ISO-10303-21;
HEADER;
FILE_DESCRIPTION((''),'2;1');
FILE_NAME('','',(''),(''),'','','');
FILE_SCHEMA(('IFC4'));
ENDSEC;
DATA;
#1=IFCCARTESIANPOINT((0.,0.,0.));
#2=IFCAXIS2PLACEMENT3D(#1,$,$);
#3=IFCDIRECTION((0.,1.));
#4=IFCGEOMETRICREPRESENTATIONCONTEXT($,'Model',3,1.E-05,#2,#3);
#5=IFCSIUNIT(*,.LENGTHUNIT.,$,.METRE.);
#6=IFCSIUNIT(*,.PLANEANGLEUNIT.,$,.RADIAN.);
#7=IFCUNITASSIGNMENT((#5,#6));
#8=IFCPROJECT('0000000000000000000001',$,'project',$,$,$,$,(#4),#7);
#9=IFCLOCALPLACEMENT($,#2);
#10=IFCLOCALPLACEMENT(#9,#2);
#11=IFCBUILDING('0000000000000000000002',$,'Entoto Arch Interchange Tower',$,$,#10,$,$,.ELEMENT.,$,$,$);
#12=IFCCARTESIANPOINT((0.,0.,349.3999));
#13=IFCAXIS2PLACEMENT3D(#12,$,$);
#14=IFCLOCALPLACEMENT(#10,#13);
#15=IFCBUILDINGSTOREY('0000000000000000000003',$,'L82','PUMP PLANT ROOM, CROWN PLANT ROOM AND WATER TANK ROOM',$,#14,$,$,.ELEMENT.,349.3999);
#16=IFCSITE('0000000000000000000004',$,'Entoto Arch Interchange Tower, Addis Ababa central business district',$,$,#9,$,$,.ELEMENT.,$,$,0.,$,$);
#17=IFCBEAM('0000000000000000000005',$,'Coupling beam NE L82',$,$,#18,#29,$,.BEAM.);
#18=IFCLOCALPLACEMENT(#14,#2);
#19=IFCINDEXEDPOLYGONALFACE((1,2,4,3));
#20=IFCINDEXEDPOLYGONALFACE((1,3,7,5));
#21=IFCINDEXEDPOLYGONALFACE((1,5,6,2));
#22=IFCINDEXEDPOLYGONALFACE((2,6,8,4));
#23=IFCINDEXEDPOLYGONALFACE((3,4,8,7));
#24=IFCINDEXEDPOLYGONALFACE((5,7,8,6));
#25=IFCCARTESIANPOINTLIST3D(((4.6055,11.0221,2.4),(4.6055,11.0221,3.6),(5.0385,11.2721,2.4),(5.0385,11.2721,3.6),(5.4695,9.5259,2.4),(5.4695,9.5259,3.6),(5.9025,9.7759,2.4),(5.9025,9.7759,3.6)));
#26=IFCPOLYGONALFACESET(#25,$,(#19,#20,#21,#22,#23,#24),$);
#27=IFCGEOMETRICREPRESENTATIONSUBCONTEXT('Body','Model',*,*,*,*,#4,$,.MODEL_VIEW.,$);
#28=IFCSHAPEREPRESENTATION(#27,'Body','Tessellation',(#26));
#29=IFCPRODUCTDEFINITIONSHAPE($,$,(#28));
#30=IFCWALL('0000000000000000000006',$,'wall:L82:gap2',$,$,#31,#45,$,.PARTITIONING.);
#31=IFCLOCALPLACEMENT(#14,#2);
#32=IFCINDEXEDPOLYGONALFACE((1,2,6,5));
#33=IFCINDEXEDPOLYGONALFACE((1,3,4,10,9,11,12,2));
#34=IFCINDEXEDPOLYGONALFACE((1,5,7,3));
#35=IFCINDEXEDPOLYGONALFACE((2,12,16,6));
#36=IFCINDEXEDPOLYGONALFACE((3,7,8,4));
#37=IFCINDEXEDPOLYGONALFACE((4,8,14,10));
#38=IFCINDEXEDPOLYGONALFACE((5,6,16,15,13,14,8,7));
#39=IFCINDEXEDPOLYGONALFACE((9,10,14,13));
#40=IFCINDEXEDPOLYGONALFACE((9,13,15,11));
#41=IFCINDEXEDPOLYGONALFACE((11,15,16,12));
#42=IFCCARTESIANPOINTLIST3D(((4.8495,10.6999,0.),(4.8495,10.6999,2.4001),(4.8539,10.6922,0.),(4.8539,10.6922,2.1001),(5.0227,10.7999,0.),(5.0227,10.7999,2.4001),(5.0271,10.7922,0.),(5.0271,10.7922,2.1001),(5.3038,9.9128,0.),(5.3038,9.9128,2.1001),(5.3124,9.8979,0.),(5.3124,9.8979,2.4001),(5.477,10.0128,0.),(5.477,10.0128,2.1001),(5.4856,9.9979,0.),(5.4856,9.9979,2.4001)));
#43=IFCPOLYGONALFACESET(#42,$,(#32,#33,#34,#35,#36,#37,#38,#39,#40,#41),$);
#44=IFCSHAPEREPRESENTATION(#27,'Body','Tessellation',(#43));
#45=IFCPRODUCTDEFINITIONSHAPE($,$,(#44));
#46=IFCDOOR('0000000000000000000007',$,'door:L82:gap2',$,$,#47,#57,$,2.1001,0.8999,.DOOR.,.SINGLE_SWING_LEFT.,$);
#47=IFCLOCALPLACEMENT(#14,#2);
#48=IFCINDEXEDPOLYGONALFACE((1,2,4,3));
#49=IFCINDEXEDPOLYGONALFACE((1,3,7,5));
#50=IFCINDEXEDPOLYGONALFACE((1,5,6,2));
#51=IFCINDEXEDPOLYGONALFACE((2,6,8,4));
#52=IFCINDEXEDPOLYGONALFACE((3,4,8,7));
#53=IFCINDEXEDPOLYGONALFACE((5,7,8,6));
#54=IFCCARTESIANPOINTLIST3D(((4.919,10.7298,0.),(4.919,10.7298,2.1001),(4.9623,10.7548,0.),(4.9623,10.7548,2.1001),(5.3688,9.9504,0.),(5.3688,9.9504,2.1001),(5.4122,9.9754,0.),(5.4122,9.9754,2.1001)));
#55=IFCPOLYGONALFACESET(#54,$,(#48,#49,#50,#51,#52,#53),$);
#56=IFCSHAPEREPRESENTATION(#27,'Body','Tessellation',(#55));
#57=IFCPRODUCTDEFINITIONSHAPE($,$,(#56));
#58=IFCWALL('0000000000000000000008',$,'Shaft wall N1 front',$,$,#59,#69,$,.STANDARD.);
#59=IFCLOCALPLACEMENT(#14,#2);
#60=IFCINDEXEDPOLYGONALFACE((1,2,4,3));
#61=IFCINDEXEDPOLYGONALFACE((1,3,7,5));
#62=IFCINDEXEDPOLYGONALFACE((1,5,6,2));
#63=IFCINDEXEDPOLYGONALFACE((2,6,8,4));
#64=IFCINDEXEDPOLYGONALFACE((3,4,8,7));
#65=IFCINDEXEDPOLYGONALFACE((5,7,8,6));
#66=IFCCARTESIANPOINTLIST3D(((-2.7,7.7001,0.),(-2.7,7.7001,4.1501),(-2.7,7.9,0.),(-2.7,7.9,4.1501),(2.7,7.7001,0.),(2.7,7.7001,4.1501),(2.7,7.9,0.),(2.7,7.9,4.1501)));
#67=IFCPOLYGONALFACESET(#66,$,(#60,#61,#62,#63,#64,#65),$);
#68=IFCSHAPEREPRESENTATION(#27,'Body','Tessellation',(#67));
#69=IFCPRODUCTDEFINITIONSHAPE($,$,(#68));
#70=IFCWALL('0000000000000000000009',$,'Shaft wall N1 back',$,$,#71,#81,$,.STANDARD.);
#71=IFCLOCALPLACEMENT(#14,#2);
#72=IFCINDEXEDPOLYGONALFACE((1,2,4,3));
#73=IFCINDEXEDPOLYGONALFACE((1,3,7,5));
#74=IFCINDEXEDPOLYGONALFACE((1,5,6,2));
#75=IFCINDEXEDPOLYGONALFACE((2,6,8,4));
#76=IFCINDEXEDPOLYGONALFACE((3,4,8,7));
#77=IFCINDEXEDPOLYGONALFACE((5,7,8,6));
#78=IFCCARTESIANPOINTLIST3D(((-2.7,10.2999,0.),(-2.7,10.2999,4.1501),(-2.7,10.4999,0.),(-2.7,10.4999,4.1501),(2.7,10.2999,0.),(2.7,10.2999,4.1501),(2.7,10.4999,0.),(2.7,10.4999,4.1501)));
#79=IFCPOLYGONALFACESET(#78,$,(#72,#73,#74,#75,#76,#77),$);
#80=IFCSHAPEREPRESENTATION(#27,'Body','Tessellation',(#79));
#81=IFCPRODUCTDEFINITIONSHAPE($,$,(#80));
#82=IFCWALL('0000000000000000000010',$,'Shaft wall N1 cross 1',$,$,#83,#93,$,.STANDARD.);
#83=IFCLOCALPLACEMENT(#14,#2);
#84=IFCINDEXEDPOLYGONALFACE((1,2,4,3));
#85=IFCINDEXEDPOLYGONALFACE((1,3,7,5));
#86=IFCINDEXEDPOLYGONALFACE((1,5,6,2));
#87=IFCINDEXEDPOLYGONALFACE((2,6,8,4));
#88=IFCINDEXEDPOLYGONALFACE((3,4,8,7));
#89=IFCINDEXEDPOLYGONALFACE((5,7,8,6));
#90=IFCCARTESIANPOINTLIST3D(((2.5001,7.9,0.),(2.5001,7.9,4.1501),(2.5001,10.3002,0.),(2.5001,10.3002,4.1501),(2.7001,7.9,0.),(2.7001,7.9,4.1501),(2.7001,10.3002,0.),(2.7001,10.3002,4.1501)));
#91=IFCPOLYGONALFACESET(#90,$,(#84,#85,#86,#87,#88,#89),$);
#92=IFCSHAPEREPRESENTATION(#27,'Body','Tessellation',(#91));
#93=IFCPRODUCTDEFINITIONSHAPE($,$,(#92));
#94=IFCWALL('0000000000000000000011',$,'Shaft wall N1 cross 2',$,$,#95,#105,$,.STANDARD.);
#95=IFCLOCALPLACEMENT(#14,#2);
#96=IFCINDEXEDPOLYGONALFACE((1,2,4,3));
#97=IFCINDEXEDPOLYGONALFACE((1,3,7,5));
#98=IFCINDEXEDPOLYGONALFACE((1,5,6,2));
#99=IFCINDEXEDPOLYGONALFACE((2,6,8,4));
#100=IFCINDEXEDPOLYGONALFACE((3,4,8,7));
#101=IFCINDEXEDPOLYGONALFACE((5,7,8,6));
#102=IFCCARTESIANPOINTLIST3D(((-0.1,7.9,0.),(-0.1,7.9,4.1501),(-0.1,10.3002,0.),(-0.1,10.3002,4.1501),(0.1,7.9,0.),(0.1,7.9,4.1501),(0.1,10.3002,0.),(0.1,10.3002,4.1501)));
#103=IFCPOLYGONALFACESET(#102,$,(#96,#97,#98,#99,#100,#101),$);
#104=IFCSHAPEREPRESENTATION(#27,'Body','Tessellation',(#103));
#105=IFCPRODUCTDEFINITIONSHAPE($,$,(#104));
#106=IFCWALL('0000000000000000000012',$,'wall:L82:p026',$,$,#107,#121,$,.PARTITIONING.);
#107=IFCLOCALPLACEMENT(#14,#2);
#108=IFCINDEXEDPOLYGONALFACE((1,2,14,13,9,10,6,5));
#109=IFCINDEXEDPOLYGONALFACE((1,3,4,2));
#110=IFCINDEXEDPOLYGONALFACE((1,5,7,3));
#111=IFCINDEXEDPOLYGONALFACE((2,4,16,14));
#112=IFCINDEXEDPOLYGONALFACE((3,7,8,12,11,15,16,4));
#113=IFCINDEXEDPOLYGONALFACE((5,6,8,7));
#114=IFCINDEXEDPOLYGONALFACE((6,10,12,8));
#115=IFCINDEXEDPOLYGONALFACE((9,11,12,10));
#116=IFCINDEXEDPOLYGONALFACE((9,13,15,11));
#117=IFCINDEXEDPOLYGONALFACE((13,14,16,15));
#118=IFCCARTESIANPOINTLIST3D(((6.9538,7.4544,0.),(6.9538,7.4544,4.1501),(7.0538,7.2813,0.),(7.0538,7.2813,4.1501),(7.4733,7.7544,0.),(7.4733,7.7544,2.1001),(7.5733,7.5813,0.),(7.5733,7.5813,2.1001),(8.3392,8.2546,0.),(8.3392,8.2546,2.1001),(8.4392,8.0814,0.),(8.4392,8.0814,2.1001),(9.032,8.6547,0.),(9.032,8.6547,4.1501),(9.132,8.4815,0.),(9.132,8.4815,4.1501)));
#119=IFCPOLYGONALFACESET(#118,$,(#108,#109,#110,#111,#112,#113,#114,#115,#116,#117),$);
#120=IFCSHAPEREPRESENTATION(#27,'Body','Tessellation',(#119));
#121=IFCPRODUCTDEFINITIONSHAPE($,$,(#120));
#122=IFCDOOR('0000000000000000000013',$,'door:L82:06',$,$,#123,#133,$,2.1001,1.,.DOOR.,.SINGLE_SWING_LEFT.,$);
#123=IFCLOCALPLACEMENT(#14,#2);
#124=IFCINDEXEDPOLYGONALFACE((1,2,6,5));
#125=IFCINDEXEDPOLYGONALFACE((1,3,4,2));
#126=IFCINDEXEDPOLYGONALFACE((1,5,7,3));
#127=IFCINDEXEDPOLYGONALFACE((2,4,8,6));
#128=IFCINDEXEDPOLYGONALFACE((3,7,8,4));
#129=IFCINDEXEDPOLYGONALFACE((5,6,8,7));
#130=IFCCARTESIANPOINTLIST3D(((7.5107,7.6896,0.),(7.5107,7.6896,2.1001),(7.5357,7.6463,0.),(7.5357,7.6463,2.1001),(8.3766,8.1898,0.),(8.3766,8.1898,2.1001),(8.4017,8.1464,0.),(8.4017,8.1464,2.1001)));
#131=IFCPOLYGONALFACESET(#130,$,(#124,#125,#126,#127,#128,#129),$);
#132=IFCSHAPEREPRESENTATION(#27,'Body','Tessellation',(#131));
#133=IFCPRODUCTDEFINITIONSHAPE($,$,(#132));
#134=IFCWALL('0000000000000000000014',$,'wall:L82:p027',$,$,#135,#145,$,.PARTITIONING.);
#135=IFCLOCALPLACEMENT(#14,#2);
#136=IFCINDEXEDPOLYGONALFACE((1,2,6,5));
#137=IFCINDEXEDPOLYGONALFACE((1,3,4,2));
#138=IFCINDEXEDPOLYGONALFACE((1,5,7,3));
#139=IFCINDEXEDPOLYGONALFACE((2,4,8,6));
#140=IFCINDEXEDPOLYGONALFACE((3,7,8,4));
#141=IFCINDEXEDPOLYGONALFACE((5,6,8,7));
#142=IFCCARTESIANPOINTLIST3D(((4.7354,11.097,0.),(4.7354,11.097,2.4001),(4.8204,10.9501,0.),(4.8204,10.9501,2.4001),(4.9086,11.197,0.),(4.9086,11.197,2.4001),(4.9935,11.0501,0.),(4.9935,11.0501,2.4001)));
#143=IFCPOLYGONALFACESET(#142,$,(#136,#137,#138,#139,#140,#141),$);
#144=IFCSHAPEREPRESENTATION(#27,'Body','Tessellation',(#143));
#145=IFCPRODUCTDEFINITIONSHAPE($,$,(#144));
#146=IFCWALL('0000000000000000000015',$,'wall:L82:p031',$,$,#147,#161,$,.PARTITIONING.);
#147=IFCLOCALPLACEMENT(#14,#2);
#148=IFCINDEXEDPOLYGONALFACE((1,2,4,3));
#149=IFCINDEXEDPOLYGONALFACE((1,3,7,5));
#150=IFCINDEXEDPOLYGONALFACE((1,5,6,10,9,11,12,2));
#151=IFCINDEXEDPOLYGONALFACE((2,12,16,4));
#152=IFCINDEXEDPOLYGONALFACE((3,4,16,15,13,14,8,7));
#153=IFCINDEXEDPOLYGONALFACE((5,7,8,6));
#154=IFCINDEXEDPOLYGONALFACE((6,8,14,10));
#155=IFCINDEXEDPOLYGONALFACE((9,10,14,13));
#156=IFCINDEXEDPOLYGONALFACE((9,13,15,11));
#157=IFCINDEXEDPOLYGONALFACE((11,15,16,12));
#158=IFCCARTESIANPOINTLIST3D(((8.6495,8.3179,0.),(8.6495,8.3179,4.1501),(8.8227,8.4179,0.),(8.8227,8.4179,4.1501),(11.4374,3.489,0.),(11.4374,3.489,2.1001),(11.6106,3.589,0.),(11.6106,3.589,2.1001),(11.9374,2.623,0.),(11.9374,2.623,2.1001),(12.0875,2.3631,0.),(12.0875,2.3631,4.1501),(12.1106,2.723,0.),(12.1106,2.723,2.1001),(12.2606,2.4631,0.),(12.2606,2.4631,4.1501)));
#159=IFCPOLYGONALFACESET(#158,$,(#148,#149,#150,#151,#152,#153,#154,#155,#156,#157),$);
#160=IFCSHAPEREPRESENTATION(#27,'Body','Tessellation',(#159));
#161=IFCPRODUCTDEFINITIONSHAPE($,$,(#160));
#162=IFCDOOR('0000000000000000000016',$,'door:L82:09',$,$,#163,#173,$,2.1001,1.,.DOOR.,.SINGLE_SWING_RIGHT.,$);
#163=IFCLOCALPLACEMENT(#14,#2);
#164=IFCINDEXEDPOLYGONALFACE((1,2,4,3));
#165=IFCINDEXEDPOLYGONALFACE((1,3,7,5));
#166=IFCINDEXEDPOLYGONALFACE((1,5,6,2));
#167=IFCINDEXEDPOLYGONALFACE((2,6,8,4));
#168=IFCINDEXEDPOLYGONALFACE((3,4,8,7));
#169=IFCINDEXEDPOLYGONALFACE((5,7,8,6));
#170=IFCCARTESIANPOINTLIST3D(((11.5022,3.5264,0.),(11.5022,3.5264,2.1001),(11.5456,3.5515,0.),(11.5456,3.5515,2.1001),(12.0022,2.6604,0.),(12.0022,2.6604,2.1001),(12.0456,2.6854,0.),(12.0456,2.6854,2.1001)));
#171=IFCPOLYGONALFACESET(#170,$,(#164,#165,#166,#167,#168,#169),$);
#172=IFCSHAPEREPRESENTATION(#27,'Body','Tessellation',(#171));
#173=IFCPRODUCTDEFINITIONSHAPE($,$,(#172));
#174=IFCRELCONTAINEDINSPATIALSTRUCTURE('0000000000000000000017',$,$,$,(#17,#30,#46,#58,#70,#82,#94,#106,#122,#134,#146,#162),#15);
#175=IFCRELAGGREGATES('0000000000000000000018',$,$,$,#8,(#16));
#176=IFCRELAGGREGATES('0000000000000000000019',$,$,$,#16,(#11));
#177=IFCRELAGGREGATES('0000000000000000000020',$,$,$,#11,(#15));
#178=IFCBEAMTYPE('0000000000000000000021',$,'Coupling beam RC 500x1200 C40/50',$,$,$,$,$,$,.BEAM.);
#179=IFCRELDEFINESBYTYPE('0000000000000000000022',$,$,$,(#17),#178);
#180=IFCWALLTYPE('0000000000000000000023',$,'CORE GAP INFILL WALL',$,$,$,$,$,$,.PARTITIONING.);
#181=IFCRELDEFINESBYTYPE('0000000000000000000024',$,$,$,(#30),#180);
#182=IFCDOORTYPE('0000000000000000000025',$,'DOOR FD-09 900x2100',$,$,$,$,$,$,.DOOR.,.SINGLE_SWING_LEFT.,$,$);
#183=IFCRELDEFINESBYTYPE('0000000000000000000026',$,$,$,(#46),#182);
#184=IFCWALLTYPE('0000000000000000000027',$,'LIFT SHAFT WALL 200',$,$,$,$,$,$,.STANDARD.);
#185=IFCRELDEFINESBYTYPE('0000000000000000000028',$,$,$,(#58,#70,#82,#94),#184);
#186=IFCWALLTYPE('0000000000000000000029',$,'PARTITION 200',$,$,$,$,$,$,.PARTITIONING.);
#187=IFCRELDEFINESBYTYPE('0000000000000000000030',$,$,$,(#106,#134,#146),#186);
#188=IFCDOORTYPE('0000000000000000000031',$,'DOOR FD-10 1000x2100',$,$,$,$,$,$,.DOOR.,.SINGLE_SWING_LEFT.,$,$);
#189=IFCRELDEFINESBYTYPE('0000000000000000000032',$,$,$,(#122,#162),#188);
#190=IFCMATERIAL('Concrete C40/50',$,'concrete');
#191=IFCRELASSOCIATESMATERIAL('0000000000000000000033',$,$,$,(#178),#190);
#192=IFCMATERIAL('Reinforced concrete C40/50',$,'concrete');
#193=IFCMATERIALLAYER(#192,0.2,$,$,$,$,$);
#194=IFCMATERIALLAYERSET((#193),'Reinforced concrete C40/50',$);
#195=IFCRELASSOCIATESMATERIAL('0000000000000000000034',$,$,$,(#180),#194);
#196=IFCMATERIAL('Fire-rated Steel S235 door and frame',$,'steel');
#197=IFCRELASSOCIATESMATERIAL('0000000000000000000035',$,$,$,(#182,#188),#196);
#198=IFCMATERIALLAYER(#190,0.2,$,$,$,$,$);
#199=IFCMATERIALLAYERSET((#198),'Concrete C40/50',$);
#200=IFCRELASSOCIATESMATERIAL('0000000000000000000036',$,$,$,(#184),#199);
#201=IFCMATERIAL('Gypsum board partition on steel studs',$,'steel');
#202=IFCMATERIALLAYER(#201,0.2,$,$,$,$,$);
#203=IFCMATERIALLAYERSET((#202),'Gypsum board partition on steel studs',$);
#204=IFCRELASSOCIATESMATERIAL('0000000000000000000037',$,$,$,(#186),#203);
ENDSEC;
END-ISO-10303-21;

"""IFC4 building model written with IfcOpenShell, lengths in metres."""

from ifc_helpers import new_model, si_unit, direction, frame, frame_2d, origin, origin_2d, place, context, subcontext, project, spatial, rectangle, extrude, material, layer, layer_set, material_profile, profile_set, type_object, element, fill, save


model = new_model("IFC4")

# Units and contexts
model_context = context("Model", 3, precision=1e-05, world=origin(), true_north=direction((0.0, 1.0)))
body_context = subcontext(model_context, "Body", "Model", "MODEL_VIEW")
ifc_project = project(units=[si_unit("LENGTHUNIT", "METRE"), si_unit("PLANEANGLEUNIT", "RADIAN")], contexts=[model_context])

# Site, building, storey
site_placement = place(None, origin())
site = spatial("IfcSite", under=ifc_project, at=site_placement, Name="Entoto Arch Interchange Tower, Addis Ababa central business district", CompositionType="ELEMENT", RefElevation=0.0)
building_placement = place(site_placement, origin())
building = spatial("IfcBuilding", under=site, at=building_placement, Name="Entoto Arch Interchange Tower", CompositionType="ELEMENT")
storey_placement = place(building_placement, frame((0.0, 0.0, 349.3999)))
storey = spatial("IfcBuildingStorey", under=building, at=storey_placement, Name="L82", Description="PUMP PLANT ROOM, CROWN PLANT ROOM AND WATER TANK ROOM", CompositionType="ELEMENT", Elevation=349.3999)

# Beam
ifc_material_1 = material(Name="Concrete C40/50", Category="concrete")
ifc_material_profile = material_profile(ifc_material_1, rectangle(XDim=0.5, YDim=1.2, at=origin_2d()))
ifc_profile_set = profile_set([ifc_material_profile], Name="Concrete C40/50")
beam_type = type_object("IfcBeamType", Name="Coupling beam RC 500x1200 C40/50", PredefinedType="BEAM", material=ifc_profile_set)
beam_placement = place(storey_placement, frame((5.686, 9.6509, 3.0), z_axis=(-0.500106, 0.865964, 0.0), x_axis=(-0.865964, -0.500106, 0.0)))
element("IfcBeam", 1, at=beam_placement, inside=storey, type_object=beam_type, Name="Coupling beam NE L82", PredefinedType="BEAM", context=body_context, shape_type="SweptSolid", body=[
    extrude(rectangle(XDim=0.5, YDim=1.2, at=origin_2d()), origin(), (0.0, 0.0, 1.0), 1.7278),
])

# Wall, opening, door
ifc_material_2 = material(Name="Reinforced concrete C40/50", Category="concrete")
ifc_layer_1 = layer(ifc_material_2, 0.2)
ifc_layer_set_1 = layer_set([ifc_layer_1], Name="Reinforced concrete C40/50")
wall_type_1 = type_object("IfcWallType", Name="CORE GAP INFILL WALL", PredefinedType="PARTITIONING", material=ifc_layer_set_1)
wall_1_placement = place(storey_placement, frame((5.3989, 9.948, 0.0), z_axis=(0.0, 0.0, 1.0), x_axis=(-0.499882, 0.866093, 0.0)))
wall_1 = element("IfcWall", 2, at=wall_1_placement, inside=storey, type_object=wall_type_1, Name="wall:L82:gap2", PredefinedType="PARTITIONING", context=body_context, shape_type="SweptSolid", body=[
    extrude(rectangle(XDim=0.926, YDim=0.2, at=frame_2d((0.4629, 0.0))), origin(), (0.0, 0.0, 1.0), 2.4001),
])
opening_1_placement = place(wall_1_placement, frame((0.0171, 0.0, 0.0)))
opening_1 = element("IfcOpeningElement", 3, at=opening_1_placement, cuts=wall_1, PredefinedType="OPENING", context=body_context, shape_type="SweptSolid", body=[
    extrude(rectangle(XDim=0.8999, YDim=2.1001, at=frame_2d((0.45, 1.05))), frame((0.0, 0.1099, 0.0), z_axis=(0.0, -1.0, 0.0), x_axis=(1.0, 0.0, 0.0)), (0.0, 0.0, 1.0), 0.22),
])
ifc_material_3 = material(Name="Fire-rated Steel S235 door and frame", Category="steel")
door_type_1 = type_object("IfcDoorType", Name="DOOR FD-09 900x2100", OperationType="SINGLE_SWING_LEFT", PredefinedType="DOOR", material=ifc_material_3)
door_1_placement = place(opening_1_placement, origin())
door_1 = element("IfcDoor", 4, at=door_1_placement, inside=storey, type_object=door_type_1, Name="door:L82:gap2", OperationType="SINGLE_SWING_LEFT", OverallHeight=2.1001, OverallWidth=0.8999, PredefinedType="DOOR", context=body_context, shape_type="SweptSolid", body=[
    extrude(rectangle(XDim=0.8999, YDim=2.1001, at=frame_2d((0.45, 1.05))), frame((0.0, 0.0249, 0.0), z_axis=(0.0, -1.0, 0.0), x_axis=(1.0, 0.0, 0.0)), (0.0, 0.0, 1.0), 0.05),
])
fill(opening_1, door_1)

# Walls
ifc_layer_2 = layer(ifc_material_1, 0.2)
ifc_layer_set_2 = layer_set([ifc_layer_2], Name="Concrete C40/50")
wall_type_2 = type_object("IfcWallType", Name="LIFT SHAFT WALL 200", PredefinedType="STANDARD", material=ifc_layer_set_2)
for number, where, z_axis, x_axis, name in (
    (5, (2.7, 7.8, 0.0), (0.0, 0.0, 1.0), (-1.0, 0.0, 0.0), "Shaft wall N1 front"),
    (6, (2.7, 10.3999, 0.0), (0.0, 0.0, 1.0), (-1.0, 0.0, 0.0), "Shaft wall N1 back"),
):
    element("IfcWall", number, at=place(storey_placement, frame(where, z_axis=z_axis, x_axis=x_axis)), inside=storey, type_object=wall_type_2, Name=name, PredefinedType="STANDARD", context=body_context, shape_type="SweptSolid", body=[
        extrude(rectangle(XDim=5.3999, YDim=0.2, at=frame_2d((2.7, 0.0))), origin(), (0.0, 0.0, 1.0), 4.1501),
    ])
for number, where, z_axis, x_axis, name in (
    (7, (2.6001, 7.8999, 0.0), (0.0, 0.0, 1.0), (0.0, 1.0, 0.0), "Shaft wall N1 cross 1"),
    (8, (0.0, 7.8999, 0.0), (0.0, 0.0, 1.0), (0.0, 1.0, 0.0), "Shaft wall N1 cross 2"),
):
    element("IfcWall", number, at=place(storey_placement, frame(where, z_axis=z_axis, x_axis=x_axis)), inside=storey, type_object=wall_type_2, Name=name, PredefinedType="STANDARD", context=body_context, shape_type="SweptSolid", body=[
        extrude(rectangle(XDim=2.4001, YDim=0.2, at=frame_2d((1.2002, 0.0))), origin(), (0.0, 0.0, 1.0), 4.1501),
    ])

# Wall, opening, door
ifc_material_4 = material(Name="Gypsum board partition on steel studs", Category="steel")
ifc_layer_3 = layer(ifc_material_4, 0.2)
ifc_layer_set_3 = layer_set([ifc_layer_3], Name="Gypsum board partition on steel studs")
wall_type_3 = type_object("IfcWallType", Name="PARTITION 200", PredefinedType="PARTITIONING", material=ifc_layer_set_3)
wall_2_placement = place(storey_placement, frame((9.082, 8.5681, 0.0), z_axis=(0.0, 0.0, 1.0), x_axis=(-0.865955, -0.500122, 0.0)))
wall_2 = element("IfcWall", 9, at=wall_2_placement, inside=storey, type_object=wall_type_3, Name="wall:L82:p026", PredefinedType="PARTITIONING", context=body_context, shape_type="SweptSolid", body=[
    extrude(rectangle(XDim=2.3999, YDim=0.2, at=frame_2d((1.2, 0.0))), origin(), (0.0, 0.0, 1.0), 4.1501),
])
opening_2_placement = place(wall_2_placement, frame((0.8, 0.0, 0.0)))
opening_2 = element("IfcOpeningElement", 10, at=opening_2_placement, cuts=wall_2, PredefinedType="OPENING", context=body_context, shape_type="SweptSolid", body=[
    extrude(rectangle(XDim=1.0, YDim=2.1001, at=frame_2d((0.5, 1.05))), frame((0.0, 0.1099, 0.0), z_axis=(0.0, -1.0, 0.0), x_axis=(1.0, 0.0, 0.0)), (0.0, 0.0, 1.0), 0.22),
])
door_type_2 = type_object("IfcDoorType", Name="DOOR FD-10 1000x2100", OperationType="SINGLE_SWING_LEFT", PredefinedType="DOOR", material=ifc_material_3)
door_2_placement = place(opening_2_placement, origin())
door_2 = element("IfcDoor", 11, at=door_2_placement, inside=storey, type_object=door_type_2, Name="door:L82:06", OperationType="SINGLE_SWING_LEFT", OverallHeight=2.1001, OverallWidth=1.0, PredefinedType="DOOR", context=body_context, shape_type="SweptSolid", body=[
    extrude(rectangle(XDim=1.0, YDim=2.1001, at=frame_2d((0.5, 1.05))), frame((0.0, 0.0249, 0.0), z_axis=(0.0, -1.0, 0.0), x_axis=(1.0, 0.0, 0.0)), (0.0, 0.0, 1.0), 0.05),
])
fill(opening_2, door_2)

# Wall
wall_3_placement = place(storey_placement, frame((4.907, 11.0, 0.0), z_axis=(0.0, 0.0, 1.0), x_axis=(-0.500469, 0.865754, 0.0)))
element("IfcWall", 12, at=wall_3_placement, inside=storey, type_object=wall_type_3, Name="wall:L82:p027", PredefinedType="PARTITIONING", context=body_context, shape_type="SweptSolid", body=[
    extrude(rectangle(XDim=0.1697, YDim=0.2, at=frame_2d((0.085, 0.0))), origin(), (0.0, 0.0, 1.0), 2.4001),
])

# Wall, opening, door
wall_4_placement = place(storey_placement, frame((8.7361, 8.3679, 0.0), z_axis=(0.0, 0.0, 1.0), x_axis=(0.499996, -0.866028, 0.0)))
wall_4 = element("IfcWall", 13, at=wall_4_placement, inside=storey, type_object=wall_type_3, Name="wall:L82:p031", PredefinedType="PARTITIONING", context=body_context, shape_type="SweptSolid", body=[
    extrude(rectangle(XDim=6.876, YDim=0.2, at=frame_2d((3.438, 0.0))), origin(), (0.0, 0.0, 1.0), 4.1501),
])
opening_3_placement = place(wall_4_placement, frame((5.5759, 0.0, 0.0)))
opening_3 = element("IfcOpeningElement", 14, at=opening_3_placement, cuts=wall_4, PredefinedType="OPENING", context=body_context, shape_type="SweptSolid", body=[
    extrude(rectangle(XDim=1.0, YDim=2.1001, at=frame_2d((0.5, 1.05))), frame((0.0, 0.1099, 0.0), z_axis=(0.0, -1.0, 0.0), x_axis=(1.0, 0.0, 0.0)), (0.0, 0.0, 1.0), 0.22),
])
door_3_placement = place(opening_3_placement, origin())
door_3 = element("IfcDoor", 15, at=door_3_placement, inside=storey, type_object=door_type_2, Name="door:L82:09", OperationType="SINGLE_SWING_RIGHT", OverallHeight=2.1001, OverallWidth=1.0, PredefinedType="DOOR", context=body_context, shape_type="SweptSolid", body=[
    extrude(rectangle(XDim=1.0, YDim=2.1001, at=frame_2d((0.5, 1.05))), frame((0.0, 0.0249, 0.0), z_axis=(0.0, -1.0, 0.0), x_axis=(1.0, 0.0, 0.0)), (0.0, 0.0, 1.0), 0.05),
])
fill(opening_3, door_3)

save(model, "model.ifc")
